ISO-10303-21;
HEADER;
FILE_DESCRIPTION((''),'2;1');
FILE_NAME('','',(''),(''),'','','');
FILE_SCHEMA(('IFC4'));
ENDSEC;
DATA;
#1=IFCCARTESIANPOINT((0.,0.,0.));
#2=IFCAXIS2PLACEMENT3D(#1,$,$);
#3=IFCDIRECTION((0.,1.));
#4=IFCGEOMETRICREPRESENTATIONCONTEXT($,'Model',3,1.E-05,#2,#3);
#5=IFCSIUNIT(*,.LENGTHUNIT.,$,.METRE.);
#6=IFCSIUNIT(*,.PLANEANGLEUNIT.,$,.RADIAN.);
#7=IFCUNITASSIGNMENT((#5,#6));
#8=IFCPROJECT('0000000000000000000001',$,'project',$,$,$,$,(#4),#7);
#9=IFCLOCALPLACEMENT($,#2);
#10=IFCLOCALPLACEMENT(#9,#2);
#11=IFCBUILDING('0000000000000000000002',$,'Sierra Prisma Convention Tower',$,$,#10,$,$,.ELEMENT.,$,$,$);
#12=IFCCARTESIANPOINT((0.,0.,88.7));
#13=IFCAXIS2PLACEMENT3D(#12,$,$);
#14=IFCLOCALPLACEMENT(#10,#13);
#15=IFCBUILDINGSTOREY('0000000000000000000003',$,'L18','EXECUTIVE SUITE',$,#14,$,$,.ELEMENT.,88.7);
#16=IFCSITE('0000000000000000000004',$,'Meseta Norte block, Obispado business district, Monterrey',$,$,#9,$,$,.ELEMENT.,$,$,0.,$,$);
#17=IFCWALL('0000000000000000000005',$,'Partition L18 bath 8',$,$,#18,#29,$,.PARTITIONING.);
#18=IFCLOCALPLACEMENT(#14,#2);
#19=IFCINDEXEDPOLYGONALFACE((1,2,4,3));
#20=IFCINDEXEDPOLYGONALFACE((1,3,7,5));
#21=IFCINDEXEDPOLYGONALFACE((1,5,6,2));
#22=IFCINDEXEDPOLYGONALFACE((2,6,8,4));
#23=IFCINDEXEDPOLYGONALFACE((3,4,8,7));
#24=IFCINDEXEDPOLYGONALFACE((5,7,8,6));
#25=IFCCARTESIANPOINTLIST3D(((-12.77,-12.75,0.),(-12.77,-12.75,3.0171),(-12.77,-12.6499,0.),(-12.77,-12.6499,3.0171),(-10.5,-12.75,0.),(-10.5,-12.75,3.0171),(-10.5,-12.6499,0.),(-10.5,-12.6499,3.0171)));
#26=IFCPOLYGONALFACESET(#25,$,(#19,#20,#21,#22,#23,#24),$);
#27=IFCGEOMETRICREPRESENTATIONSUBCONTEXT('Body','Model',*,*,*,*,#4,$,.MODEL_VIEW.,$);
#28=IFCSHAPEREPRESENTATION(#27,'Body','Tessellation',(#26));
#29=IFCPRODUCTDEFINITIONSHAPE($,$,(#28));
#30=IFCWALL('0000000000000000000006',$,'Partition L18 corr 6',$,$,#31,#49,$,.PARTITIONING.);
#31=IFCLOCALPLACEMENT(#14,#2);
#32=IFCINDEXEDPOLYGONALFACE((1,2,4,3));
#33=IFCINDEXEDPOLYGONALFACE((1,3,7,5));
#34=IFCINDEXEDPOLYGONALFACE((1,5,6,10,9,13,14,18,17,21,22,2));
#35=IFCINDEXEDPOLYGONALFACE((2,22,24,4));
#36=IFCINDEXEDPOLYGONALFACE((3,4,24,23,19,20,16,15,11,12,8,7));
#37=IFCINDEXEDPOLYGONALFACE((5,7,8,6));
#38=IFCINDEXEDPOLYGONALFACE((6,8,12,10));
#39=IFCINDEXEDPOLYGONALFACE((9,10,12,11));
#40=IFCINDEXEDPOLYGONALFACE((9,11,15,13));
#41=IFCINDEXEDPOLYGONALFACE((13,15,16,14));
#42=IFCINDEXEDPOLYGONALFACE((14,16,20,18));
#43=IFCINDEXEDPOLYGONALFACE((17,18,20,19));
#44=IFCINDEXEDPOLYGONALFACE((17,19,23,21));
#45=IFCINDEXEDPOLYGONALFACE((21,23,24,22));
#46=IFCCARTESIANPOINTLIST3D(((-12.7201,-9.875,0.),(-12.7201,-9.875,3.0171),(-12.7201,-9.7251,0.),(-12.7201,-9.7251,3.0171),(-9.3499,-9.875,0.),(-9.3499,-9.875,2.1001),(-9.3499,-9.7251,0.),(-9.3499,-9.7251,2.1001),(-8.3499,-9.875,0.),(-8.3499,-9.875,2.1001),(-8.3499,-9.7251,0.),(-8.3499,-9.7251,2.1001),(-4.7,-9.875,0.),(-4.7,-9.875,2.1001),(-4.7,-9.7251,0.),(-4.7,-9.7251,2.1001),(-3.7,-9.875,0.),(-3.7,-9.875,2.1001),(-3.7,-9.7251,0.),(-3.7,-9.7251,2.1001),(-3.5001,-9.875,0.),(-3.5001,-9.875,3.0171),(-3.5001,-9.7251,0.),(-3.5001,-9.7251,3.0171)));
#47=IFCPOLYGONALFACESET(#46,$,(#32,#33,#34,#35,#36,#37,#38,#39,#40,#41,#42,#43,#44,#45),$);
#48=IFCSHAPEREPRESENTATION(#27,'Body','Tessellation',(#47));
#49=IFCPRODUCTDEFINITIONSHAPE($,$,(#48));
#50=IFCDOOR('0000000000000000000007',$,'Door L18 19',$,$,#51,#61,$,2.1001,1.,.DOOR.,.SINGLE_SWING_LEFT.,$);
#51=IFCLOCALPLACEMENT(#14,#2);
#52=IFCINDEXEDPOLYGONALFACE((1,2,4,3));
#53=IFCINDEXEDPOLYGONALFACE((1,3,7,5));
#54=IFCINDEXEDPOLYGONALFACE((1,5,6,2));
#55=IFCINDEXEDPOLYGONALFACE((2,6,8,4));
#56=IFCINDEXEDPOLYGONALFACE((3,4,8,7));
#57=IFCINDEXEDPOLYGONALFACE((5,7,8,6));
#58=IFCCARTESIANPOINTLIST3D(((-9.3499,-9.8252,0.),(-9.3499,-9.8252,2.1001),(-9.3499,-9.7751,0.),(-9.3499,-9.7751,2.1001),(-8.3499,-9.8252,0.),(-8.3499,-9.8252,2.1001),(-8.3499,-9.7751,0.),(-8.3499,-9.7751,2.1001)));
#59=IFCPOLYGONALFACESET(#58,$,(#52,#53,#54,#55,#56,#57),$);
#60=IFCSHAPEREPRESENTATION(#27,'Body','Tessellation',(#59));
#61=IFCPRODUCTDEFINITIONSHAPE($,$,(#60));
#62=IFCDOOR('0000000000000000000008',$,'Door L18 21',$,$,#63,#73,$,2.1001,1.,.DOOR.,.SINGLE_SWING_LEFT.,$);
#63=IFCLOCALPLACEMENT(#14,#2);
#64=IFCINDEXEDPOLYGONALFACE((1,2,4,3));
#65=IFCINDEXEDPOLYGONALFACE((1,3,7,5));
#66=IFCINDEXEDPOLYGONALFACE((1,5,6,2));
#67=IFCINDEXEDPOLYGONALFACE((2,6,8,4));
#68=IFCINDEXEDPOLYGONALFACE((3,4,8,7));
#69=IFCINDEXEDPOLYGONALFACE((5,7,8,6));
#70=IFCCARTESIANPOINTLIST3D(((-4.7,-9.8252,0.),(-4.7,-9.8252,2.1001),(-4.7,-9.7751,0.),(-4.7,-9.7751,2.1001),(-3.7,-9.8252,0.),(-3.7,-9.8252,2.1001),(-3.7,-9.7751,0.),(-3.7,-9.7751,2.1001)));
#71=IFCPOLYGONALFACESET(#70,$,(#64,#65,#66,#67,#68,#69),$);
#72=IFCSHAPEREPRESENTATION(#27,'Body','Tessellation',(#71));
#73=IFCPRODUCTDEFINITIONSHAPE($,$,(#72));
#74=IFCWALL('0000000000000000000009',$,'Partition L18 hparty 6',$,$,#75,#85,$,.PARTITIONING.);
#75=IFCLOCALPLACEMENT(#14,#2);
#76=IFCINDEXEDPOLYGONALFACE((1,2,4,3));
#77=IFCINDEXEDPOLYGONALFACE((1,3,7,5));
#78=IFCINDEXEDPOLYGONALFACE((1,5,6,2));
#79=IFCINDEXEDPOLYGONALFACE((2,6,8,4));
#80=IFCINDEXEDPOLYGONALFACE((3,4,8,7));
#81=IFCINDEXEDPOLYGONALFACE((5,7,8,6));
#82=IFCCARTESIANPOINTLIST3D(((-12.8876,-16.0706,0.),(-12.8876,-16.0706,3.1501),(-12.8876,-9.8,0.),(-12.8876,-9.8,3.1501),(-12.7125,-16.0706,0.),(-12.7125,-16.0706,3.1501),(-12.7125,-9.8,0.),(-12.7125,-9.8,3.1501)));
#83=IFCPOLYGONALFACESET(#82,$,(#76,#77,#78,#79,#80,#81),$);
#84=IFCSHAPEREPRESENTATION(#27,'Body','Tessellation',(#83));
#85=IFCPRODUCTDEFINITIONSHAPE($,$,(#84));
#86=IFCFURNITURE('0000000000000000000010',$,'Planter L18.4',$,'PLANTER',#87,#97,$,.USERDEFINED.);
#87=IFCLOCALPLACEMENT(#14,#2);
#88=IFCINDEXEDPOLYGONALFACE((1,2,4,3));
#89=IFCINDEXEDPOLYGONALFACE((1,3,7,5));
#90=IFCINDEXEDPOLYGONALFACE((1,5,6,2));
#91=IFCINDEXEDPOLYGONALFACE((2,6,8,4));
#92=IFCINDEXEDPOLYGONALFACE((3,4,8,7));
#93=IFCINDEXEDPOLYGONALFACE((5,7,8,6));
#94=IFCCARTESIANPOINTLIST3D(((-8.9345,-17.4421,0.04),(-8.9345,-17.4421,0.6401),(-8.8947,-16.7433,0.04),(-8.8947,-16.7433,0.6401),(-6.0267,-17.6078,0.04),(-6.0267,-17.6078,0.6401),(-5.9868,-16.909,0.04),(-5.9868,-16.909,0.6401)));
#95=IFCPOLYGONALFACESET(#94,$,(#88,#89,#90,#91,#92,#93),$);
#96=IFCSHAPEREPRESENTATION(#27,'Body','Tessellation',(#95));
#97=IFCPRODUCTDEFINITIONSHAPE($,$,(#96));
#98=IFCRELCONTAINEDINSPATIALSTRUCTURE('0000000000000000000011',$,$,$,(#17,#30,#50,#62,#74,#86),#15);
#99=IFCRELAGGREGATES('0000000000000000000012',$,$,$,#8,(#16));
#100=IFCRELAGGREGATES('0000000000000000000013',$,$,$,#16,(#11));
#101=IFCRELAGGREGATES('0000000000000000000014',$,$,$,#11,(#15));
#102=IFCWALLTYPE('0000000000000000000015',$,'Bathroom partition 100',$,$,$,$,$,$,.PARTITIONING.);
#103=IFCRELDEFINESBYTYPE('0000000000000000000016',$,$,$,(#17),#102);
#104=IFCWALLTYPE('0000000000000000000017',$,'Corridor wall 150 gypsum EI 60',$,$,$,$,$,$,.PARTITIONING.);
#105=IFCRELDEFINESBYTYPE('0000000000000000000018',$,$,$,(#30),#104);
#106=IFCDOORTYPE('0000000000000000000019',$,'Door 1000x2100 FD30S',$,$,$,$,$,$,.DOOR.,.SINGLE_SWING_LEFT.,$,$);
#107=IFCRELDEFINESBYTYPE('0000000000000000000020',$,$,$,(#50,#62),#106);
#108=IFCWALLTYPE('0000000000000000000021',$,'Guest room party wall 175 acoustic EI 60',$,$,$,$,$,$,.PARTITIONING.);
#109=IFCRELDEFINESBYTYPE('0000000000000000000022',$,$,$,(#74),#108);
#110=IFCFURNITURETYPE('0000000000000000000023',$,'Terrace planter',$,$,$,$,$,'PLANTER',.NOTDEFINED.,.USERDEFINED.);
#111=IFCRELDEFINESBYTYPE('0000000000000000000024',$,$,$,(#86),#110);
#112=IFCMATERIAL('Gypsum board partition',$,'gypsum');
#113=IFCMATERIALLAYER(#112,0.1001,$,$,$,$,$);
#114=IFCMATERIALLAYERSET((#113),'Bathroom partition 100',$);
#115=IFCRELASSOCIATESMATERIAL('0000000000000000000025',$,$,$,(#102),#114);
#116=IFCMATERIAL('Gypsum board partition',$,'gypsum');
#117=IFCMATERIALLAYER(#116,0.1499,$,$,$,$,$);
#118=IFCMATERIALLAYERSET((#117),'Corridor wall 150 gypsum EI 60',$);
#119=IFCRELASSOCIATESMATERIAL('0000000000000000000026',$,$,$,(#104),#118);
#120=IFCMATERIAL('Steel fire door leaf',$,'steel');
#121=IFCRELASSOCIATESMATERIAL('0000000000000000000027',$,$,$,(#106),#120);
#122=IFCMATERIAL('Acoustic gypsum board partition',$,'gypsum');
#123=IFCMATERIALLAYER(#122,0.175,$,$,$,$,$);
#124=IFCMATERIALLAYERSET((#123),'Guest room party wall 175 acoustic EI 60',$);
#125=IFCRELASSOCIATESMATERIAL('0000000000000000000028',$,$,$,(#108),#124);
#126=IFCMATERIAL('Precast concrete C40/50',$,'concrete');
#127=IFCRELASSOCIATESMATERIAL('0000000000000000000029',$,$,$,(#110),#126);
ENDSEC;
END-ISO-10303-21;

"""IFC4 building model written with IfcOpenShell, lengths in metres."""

from ifc_helpers import new_model, si_unit, direction, frame, frame_2d, origin, origin_2d, place, context, subcontext, project, spatial, rectangle, extrude, material, layer, layer_set, type_object, element, fill, save


model = new_model("IFC4")

# Units and contexts
model_context = context("Model", 3, precision=1e-05, world=origin(), true_north=direction((0.0, 1.0)))
body_context = subcontext(model_context, "Body", "Model", "MODEL_VIEW")
ifc_project = project(units=[si_unit("LENGTHUNIT", "METRE"), si_unit("PLANEANGLEUNIT", "RADIAN")], contexts=[model_context])

# Site, building, storey
site_placement = place(None, origin())
site = spatial("IfcSite", under=ifc_project, at=site_placement, Name="Meseta Norte block, Obispado business district, Monterrey", CompositionType="ELEMENT", RefElevation=0.0)
building_placement = place(site_placement, origin())
building = spatial("IfcBuilding", under=site, at=building_placement, Name="Sierra Prisma Convention Tower", CompositionType="ELEMENT")
storey_placement = place(building_placement, frame((0.0, 0.0, 88.7)))
storey = spatial("IfcBuildingStorey", under=building, at=storey_placement, Name="L18", Description="EXECUTIVE SUITE", CompositionType="ELEMENT", Elevation=88.7)

# Shared definitions
ifc_material_1 = material(Name="Gypsum board partition", Category="gypsum")
ifc_layer_1 = layer(ifc_material_1, 0.1001)
ifc_layer_set_1 = layer_set([ifc_layer_1], Name="Bathroom partition 100")
wall_type_1 = type_object("IfcWallType", Name="Bathroom partition 100", PredefinedType="PARTITIONING", material=ifc_layer_set_1)

# Wall
wall_1_placement = place(storey_placement, frame((-10.5, -12.7, 0.0), z_axis=(0.0, 0.0, 1.0), x_axis=(-1.0, 0.0, 0.0)))
element("IfcWall", 1, at=wall_1_placement, inside=storey, type_object=wall_type_1, Name="Partition L18 bath 8", PredefinedType="PARTITIONING", context=body_context, shape_type="SweptSolid", body=[
    extrude(rectangle(XDim=2.27, YDim=0.1001, at=frame_2d((1.135, 0.0))), origin(), (0.0, 0.0, 1.0), 3.0171),
])

# Wall, openings, doors
ifc_material_2 = material(Name="Gypsum board partition", Category="gypsum")
ifc_layer_2 = layer(ifc_material_2, 0.1499)
ifc_layer_set_2 = layer_set([ifc_layer_2], Name="Corridor wall 150 gypsum EI 60")
wall_type_2 = type_object("IfcWallType", Name="Corridor wall 150 gypsum EI 60", PredefinedType="PARTITIONING", material=ifc_layer_set_2)
wall_2_placement = place(storey_placement, frame((-12.72, -9.8, 0.0), z_axis=(0.0, 0.0, 1.0), x_axis=(1.0, 0.0, 0.0)))
wall_2 = element("IfcWall", 2, at=wall_2_placement, inside=storey, type_object=wall_type_2, Name="Partition L18 corr 6", PredefinedType="PARTITIONING", context=body_context, shape_type="SweptSolid", body=[
    extrude(rectangle(XDim=9.22, YDim=0.1499, at=frame_2d((4.6099, 0.0))), origin(), (0.0, 0.0, 1.0), 3.0171),
])
opening_1_placement = place(wall_2_placement, frame((3.3701, 0.0, 0.0)))
opening_1 = element("IfcOpeningElement", 3, at=opening_1_placement, cuts=wall_2, PredefinedType="OPENING", context=body_context, shape_type="SweptSolid", body=[
    extrude(rectangle(XDim=1.0, YDim=2.1001, at=frame_2d((0.5, 1.05))), frame((0.0, 0.075, 0.0), z_axis=(0.0, -1.0, 0.0), x_axis=(1.0, 0.0, 0.0)), (0.0, 0.0, 1.0), 0.1499),
])
opening_2_placement = place(wall_2_placement, frame((8.02, 0.0, 0.0)))
opening_2 = element("IfcOpeningElement", 4, at=opening_2_placement, cuts=wall_2, PredefinedType="OPENING", context=body_context, shape_type="SweptSolid", body=[
    extrude(rectangle(XDim=1.0, YDim=2.1001, at=frame_2d((0.5, 1.05))), frame((0.0, 0.075, 0.0), z_axis=(0.0, -1.0, 0.0), x_axis=(1.0, 0.0, 0.0)), (0.0, 0.0, 1.0), 0.1499),
])
ifc_material_3 = material(Name="Steel fire door leaf", Category="steel")
door_type_1 = type_object("IfcDoorType", Name="Door 1000x2100 FD30S", OperationType="SINGLE_SWING_LEFT", PredefinedType="DOOR", material=ifc_material_3)
door_1_placement = place(opening_1_placement, origin())
door_1 = element("IfcDoor", 5, at=door_1_placement, inside=storey, type_object=door_type_1, Name="Door L18 19", OperationType="SINGLE_SWING_LEFT", OverallHeight=2.1001, OverallWidth=1.0, PredefinedType="DOOR", context=body_context, shape_type="SweptSolid", body=[
    extrude(rectangle(XDim=1.0, YDim=2.1001, at=frame_2d((0.5, 1.05))), frame((0.0, 0.0249, 0.0), z_axis=(0.0, -1.0, 0.0), x_axis=(1.0, 0.0, 0.0)), (0.0, 0.0, 1.0), 0.05),
])
fill(opening_1, door_1)
door_2_placement = place(opening_2_placement, origin())
door_2 = element("IfcDoor", 6, at=door_2_placement, inside=storey, type_object=door_type_1, Name="Door L18 21", OperationType="SINGLE_SWING_LEFT", OverallHeight=2.1001, OverallWidth=1.0, PredefinedType="DOOR", context=body_context, shape_type="SweptSolid", body=[
    extrude(rectangle(XDim=1.0, YDim=2.1001, at=frame_2d((0.5, 1.05))), frame((0.0, 0.0249, 0.0), z_axis=(0.0, -1.0, 0.0), x_axis=(1.0, 0.0, 0.0)), (0.0, 0.0, 1.0), 0.05),
])
fill(opening_2, door_2)

# Wall
ifc_material_4 = material(Name="Acoustic gypsum board partition", Category="gypsum")
ifc_layer_3 = layer(ifc_material_4, 0.175)
ifc_layer_set_3 = layer_set([ifc_layer_3], Name="Guest room party wall 175 acoustic EI 60")
wall_type_3 = type_object("IfcWallType", Name="Guest room party wall 175 acoustic EI 60", PredefinedType="PARTITIONING", material=ifc_layer_set_3)
wall_3_placement = place(storey_placement, frame((-12.8, -9.8, 0.0), z_axis=(0.0, 0.0, 1.0), x_axis=(0.0, -1.0, 0.0)))
element("IfcWall", 7, at=wall_3_placement, inside=storey, type_object=wall_type_3, Name="Partition L18 hparty 6", PredefinedType="PARTITIONING", context=body_context, shape_type="SweptSolid", body=[
    extrude(rectangle(XDim=6.2705, YDim=0.175, at=frame_2d((3.1353, 0.0))), origin(), (0.0, 0.0, 1.0), 3.1501),
])

# Furniture
ifc_material_5 = material(Name="Precast concrete C40/50", Category="concrete")
furniture_type = type_object("IfcFurnitureType", Name="Terrace planter", ElementType="PLANTER", AssemblyPlace="NOTDEFINED", PredefinedType="USERDEFINED", material=ifc_material_5)
furniture_placement = place(storey_placement, frame((-7.4607, -17.1755, 0.04), z_axis=(0.0, 0.0, 1.0), x_axis=(0.99838, -0.0569, 0.0)))
element("IfcFurniture", 8, at=furniture_placement, inside=storey, type_object=furniture_type, Name="Planter L18.4", ObjectType="PLANTER", PredefinedType="USERDEFINED", context=body_context, shape_type="SweptSolid", body=[
    extrude(rectangle(XDim=2.9126, YDim=0.7, at=origin_2d()), origin(), (0.0, 0.0, 1.0), 0.6001),
])

save(model, "model.ifc")
